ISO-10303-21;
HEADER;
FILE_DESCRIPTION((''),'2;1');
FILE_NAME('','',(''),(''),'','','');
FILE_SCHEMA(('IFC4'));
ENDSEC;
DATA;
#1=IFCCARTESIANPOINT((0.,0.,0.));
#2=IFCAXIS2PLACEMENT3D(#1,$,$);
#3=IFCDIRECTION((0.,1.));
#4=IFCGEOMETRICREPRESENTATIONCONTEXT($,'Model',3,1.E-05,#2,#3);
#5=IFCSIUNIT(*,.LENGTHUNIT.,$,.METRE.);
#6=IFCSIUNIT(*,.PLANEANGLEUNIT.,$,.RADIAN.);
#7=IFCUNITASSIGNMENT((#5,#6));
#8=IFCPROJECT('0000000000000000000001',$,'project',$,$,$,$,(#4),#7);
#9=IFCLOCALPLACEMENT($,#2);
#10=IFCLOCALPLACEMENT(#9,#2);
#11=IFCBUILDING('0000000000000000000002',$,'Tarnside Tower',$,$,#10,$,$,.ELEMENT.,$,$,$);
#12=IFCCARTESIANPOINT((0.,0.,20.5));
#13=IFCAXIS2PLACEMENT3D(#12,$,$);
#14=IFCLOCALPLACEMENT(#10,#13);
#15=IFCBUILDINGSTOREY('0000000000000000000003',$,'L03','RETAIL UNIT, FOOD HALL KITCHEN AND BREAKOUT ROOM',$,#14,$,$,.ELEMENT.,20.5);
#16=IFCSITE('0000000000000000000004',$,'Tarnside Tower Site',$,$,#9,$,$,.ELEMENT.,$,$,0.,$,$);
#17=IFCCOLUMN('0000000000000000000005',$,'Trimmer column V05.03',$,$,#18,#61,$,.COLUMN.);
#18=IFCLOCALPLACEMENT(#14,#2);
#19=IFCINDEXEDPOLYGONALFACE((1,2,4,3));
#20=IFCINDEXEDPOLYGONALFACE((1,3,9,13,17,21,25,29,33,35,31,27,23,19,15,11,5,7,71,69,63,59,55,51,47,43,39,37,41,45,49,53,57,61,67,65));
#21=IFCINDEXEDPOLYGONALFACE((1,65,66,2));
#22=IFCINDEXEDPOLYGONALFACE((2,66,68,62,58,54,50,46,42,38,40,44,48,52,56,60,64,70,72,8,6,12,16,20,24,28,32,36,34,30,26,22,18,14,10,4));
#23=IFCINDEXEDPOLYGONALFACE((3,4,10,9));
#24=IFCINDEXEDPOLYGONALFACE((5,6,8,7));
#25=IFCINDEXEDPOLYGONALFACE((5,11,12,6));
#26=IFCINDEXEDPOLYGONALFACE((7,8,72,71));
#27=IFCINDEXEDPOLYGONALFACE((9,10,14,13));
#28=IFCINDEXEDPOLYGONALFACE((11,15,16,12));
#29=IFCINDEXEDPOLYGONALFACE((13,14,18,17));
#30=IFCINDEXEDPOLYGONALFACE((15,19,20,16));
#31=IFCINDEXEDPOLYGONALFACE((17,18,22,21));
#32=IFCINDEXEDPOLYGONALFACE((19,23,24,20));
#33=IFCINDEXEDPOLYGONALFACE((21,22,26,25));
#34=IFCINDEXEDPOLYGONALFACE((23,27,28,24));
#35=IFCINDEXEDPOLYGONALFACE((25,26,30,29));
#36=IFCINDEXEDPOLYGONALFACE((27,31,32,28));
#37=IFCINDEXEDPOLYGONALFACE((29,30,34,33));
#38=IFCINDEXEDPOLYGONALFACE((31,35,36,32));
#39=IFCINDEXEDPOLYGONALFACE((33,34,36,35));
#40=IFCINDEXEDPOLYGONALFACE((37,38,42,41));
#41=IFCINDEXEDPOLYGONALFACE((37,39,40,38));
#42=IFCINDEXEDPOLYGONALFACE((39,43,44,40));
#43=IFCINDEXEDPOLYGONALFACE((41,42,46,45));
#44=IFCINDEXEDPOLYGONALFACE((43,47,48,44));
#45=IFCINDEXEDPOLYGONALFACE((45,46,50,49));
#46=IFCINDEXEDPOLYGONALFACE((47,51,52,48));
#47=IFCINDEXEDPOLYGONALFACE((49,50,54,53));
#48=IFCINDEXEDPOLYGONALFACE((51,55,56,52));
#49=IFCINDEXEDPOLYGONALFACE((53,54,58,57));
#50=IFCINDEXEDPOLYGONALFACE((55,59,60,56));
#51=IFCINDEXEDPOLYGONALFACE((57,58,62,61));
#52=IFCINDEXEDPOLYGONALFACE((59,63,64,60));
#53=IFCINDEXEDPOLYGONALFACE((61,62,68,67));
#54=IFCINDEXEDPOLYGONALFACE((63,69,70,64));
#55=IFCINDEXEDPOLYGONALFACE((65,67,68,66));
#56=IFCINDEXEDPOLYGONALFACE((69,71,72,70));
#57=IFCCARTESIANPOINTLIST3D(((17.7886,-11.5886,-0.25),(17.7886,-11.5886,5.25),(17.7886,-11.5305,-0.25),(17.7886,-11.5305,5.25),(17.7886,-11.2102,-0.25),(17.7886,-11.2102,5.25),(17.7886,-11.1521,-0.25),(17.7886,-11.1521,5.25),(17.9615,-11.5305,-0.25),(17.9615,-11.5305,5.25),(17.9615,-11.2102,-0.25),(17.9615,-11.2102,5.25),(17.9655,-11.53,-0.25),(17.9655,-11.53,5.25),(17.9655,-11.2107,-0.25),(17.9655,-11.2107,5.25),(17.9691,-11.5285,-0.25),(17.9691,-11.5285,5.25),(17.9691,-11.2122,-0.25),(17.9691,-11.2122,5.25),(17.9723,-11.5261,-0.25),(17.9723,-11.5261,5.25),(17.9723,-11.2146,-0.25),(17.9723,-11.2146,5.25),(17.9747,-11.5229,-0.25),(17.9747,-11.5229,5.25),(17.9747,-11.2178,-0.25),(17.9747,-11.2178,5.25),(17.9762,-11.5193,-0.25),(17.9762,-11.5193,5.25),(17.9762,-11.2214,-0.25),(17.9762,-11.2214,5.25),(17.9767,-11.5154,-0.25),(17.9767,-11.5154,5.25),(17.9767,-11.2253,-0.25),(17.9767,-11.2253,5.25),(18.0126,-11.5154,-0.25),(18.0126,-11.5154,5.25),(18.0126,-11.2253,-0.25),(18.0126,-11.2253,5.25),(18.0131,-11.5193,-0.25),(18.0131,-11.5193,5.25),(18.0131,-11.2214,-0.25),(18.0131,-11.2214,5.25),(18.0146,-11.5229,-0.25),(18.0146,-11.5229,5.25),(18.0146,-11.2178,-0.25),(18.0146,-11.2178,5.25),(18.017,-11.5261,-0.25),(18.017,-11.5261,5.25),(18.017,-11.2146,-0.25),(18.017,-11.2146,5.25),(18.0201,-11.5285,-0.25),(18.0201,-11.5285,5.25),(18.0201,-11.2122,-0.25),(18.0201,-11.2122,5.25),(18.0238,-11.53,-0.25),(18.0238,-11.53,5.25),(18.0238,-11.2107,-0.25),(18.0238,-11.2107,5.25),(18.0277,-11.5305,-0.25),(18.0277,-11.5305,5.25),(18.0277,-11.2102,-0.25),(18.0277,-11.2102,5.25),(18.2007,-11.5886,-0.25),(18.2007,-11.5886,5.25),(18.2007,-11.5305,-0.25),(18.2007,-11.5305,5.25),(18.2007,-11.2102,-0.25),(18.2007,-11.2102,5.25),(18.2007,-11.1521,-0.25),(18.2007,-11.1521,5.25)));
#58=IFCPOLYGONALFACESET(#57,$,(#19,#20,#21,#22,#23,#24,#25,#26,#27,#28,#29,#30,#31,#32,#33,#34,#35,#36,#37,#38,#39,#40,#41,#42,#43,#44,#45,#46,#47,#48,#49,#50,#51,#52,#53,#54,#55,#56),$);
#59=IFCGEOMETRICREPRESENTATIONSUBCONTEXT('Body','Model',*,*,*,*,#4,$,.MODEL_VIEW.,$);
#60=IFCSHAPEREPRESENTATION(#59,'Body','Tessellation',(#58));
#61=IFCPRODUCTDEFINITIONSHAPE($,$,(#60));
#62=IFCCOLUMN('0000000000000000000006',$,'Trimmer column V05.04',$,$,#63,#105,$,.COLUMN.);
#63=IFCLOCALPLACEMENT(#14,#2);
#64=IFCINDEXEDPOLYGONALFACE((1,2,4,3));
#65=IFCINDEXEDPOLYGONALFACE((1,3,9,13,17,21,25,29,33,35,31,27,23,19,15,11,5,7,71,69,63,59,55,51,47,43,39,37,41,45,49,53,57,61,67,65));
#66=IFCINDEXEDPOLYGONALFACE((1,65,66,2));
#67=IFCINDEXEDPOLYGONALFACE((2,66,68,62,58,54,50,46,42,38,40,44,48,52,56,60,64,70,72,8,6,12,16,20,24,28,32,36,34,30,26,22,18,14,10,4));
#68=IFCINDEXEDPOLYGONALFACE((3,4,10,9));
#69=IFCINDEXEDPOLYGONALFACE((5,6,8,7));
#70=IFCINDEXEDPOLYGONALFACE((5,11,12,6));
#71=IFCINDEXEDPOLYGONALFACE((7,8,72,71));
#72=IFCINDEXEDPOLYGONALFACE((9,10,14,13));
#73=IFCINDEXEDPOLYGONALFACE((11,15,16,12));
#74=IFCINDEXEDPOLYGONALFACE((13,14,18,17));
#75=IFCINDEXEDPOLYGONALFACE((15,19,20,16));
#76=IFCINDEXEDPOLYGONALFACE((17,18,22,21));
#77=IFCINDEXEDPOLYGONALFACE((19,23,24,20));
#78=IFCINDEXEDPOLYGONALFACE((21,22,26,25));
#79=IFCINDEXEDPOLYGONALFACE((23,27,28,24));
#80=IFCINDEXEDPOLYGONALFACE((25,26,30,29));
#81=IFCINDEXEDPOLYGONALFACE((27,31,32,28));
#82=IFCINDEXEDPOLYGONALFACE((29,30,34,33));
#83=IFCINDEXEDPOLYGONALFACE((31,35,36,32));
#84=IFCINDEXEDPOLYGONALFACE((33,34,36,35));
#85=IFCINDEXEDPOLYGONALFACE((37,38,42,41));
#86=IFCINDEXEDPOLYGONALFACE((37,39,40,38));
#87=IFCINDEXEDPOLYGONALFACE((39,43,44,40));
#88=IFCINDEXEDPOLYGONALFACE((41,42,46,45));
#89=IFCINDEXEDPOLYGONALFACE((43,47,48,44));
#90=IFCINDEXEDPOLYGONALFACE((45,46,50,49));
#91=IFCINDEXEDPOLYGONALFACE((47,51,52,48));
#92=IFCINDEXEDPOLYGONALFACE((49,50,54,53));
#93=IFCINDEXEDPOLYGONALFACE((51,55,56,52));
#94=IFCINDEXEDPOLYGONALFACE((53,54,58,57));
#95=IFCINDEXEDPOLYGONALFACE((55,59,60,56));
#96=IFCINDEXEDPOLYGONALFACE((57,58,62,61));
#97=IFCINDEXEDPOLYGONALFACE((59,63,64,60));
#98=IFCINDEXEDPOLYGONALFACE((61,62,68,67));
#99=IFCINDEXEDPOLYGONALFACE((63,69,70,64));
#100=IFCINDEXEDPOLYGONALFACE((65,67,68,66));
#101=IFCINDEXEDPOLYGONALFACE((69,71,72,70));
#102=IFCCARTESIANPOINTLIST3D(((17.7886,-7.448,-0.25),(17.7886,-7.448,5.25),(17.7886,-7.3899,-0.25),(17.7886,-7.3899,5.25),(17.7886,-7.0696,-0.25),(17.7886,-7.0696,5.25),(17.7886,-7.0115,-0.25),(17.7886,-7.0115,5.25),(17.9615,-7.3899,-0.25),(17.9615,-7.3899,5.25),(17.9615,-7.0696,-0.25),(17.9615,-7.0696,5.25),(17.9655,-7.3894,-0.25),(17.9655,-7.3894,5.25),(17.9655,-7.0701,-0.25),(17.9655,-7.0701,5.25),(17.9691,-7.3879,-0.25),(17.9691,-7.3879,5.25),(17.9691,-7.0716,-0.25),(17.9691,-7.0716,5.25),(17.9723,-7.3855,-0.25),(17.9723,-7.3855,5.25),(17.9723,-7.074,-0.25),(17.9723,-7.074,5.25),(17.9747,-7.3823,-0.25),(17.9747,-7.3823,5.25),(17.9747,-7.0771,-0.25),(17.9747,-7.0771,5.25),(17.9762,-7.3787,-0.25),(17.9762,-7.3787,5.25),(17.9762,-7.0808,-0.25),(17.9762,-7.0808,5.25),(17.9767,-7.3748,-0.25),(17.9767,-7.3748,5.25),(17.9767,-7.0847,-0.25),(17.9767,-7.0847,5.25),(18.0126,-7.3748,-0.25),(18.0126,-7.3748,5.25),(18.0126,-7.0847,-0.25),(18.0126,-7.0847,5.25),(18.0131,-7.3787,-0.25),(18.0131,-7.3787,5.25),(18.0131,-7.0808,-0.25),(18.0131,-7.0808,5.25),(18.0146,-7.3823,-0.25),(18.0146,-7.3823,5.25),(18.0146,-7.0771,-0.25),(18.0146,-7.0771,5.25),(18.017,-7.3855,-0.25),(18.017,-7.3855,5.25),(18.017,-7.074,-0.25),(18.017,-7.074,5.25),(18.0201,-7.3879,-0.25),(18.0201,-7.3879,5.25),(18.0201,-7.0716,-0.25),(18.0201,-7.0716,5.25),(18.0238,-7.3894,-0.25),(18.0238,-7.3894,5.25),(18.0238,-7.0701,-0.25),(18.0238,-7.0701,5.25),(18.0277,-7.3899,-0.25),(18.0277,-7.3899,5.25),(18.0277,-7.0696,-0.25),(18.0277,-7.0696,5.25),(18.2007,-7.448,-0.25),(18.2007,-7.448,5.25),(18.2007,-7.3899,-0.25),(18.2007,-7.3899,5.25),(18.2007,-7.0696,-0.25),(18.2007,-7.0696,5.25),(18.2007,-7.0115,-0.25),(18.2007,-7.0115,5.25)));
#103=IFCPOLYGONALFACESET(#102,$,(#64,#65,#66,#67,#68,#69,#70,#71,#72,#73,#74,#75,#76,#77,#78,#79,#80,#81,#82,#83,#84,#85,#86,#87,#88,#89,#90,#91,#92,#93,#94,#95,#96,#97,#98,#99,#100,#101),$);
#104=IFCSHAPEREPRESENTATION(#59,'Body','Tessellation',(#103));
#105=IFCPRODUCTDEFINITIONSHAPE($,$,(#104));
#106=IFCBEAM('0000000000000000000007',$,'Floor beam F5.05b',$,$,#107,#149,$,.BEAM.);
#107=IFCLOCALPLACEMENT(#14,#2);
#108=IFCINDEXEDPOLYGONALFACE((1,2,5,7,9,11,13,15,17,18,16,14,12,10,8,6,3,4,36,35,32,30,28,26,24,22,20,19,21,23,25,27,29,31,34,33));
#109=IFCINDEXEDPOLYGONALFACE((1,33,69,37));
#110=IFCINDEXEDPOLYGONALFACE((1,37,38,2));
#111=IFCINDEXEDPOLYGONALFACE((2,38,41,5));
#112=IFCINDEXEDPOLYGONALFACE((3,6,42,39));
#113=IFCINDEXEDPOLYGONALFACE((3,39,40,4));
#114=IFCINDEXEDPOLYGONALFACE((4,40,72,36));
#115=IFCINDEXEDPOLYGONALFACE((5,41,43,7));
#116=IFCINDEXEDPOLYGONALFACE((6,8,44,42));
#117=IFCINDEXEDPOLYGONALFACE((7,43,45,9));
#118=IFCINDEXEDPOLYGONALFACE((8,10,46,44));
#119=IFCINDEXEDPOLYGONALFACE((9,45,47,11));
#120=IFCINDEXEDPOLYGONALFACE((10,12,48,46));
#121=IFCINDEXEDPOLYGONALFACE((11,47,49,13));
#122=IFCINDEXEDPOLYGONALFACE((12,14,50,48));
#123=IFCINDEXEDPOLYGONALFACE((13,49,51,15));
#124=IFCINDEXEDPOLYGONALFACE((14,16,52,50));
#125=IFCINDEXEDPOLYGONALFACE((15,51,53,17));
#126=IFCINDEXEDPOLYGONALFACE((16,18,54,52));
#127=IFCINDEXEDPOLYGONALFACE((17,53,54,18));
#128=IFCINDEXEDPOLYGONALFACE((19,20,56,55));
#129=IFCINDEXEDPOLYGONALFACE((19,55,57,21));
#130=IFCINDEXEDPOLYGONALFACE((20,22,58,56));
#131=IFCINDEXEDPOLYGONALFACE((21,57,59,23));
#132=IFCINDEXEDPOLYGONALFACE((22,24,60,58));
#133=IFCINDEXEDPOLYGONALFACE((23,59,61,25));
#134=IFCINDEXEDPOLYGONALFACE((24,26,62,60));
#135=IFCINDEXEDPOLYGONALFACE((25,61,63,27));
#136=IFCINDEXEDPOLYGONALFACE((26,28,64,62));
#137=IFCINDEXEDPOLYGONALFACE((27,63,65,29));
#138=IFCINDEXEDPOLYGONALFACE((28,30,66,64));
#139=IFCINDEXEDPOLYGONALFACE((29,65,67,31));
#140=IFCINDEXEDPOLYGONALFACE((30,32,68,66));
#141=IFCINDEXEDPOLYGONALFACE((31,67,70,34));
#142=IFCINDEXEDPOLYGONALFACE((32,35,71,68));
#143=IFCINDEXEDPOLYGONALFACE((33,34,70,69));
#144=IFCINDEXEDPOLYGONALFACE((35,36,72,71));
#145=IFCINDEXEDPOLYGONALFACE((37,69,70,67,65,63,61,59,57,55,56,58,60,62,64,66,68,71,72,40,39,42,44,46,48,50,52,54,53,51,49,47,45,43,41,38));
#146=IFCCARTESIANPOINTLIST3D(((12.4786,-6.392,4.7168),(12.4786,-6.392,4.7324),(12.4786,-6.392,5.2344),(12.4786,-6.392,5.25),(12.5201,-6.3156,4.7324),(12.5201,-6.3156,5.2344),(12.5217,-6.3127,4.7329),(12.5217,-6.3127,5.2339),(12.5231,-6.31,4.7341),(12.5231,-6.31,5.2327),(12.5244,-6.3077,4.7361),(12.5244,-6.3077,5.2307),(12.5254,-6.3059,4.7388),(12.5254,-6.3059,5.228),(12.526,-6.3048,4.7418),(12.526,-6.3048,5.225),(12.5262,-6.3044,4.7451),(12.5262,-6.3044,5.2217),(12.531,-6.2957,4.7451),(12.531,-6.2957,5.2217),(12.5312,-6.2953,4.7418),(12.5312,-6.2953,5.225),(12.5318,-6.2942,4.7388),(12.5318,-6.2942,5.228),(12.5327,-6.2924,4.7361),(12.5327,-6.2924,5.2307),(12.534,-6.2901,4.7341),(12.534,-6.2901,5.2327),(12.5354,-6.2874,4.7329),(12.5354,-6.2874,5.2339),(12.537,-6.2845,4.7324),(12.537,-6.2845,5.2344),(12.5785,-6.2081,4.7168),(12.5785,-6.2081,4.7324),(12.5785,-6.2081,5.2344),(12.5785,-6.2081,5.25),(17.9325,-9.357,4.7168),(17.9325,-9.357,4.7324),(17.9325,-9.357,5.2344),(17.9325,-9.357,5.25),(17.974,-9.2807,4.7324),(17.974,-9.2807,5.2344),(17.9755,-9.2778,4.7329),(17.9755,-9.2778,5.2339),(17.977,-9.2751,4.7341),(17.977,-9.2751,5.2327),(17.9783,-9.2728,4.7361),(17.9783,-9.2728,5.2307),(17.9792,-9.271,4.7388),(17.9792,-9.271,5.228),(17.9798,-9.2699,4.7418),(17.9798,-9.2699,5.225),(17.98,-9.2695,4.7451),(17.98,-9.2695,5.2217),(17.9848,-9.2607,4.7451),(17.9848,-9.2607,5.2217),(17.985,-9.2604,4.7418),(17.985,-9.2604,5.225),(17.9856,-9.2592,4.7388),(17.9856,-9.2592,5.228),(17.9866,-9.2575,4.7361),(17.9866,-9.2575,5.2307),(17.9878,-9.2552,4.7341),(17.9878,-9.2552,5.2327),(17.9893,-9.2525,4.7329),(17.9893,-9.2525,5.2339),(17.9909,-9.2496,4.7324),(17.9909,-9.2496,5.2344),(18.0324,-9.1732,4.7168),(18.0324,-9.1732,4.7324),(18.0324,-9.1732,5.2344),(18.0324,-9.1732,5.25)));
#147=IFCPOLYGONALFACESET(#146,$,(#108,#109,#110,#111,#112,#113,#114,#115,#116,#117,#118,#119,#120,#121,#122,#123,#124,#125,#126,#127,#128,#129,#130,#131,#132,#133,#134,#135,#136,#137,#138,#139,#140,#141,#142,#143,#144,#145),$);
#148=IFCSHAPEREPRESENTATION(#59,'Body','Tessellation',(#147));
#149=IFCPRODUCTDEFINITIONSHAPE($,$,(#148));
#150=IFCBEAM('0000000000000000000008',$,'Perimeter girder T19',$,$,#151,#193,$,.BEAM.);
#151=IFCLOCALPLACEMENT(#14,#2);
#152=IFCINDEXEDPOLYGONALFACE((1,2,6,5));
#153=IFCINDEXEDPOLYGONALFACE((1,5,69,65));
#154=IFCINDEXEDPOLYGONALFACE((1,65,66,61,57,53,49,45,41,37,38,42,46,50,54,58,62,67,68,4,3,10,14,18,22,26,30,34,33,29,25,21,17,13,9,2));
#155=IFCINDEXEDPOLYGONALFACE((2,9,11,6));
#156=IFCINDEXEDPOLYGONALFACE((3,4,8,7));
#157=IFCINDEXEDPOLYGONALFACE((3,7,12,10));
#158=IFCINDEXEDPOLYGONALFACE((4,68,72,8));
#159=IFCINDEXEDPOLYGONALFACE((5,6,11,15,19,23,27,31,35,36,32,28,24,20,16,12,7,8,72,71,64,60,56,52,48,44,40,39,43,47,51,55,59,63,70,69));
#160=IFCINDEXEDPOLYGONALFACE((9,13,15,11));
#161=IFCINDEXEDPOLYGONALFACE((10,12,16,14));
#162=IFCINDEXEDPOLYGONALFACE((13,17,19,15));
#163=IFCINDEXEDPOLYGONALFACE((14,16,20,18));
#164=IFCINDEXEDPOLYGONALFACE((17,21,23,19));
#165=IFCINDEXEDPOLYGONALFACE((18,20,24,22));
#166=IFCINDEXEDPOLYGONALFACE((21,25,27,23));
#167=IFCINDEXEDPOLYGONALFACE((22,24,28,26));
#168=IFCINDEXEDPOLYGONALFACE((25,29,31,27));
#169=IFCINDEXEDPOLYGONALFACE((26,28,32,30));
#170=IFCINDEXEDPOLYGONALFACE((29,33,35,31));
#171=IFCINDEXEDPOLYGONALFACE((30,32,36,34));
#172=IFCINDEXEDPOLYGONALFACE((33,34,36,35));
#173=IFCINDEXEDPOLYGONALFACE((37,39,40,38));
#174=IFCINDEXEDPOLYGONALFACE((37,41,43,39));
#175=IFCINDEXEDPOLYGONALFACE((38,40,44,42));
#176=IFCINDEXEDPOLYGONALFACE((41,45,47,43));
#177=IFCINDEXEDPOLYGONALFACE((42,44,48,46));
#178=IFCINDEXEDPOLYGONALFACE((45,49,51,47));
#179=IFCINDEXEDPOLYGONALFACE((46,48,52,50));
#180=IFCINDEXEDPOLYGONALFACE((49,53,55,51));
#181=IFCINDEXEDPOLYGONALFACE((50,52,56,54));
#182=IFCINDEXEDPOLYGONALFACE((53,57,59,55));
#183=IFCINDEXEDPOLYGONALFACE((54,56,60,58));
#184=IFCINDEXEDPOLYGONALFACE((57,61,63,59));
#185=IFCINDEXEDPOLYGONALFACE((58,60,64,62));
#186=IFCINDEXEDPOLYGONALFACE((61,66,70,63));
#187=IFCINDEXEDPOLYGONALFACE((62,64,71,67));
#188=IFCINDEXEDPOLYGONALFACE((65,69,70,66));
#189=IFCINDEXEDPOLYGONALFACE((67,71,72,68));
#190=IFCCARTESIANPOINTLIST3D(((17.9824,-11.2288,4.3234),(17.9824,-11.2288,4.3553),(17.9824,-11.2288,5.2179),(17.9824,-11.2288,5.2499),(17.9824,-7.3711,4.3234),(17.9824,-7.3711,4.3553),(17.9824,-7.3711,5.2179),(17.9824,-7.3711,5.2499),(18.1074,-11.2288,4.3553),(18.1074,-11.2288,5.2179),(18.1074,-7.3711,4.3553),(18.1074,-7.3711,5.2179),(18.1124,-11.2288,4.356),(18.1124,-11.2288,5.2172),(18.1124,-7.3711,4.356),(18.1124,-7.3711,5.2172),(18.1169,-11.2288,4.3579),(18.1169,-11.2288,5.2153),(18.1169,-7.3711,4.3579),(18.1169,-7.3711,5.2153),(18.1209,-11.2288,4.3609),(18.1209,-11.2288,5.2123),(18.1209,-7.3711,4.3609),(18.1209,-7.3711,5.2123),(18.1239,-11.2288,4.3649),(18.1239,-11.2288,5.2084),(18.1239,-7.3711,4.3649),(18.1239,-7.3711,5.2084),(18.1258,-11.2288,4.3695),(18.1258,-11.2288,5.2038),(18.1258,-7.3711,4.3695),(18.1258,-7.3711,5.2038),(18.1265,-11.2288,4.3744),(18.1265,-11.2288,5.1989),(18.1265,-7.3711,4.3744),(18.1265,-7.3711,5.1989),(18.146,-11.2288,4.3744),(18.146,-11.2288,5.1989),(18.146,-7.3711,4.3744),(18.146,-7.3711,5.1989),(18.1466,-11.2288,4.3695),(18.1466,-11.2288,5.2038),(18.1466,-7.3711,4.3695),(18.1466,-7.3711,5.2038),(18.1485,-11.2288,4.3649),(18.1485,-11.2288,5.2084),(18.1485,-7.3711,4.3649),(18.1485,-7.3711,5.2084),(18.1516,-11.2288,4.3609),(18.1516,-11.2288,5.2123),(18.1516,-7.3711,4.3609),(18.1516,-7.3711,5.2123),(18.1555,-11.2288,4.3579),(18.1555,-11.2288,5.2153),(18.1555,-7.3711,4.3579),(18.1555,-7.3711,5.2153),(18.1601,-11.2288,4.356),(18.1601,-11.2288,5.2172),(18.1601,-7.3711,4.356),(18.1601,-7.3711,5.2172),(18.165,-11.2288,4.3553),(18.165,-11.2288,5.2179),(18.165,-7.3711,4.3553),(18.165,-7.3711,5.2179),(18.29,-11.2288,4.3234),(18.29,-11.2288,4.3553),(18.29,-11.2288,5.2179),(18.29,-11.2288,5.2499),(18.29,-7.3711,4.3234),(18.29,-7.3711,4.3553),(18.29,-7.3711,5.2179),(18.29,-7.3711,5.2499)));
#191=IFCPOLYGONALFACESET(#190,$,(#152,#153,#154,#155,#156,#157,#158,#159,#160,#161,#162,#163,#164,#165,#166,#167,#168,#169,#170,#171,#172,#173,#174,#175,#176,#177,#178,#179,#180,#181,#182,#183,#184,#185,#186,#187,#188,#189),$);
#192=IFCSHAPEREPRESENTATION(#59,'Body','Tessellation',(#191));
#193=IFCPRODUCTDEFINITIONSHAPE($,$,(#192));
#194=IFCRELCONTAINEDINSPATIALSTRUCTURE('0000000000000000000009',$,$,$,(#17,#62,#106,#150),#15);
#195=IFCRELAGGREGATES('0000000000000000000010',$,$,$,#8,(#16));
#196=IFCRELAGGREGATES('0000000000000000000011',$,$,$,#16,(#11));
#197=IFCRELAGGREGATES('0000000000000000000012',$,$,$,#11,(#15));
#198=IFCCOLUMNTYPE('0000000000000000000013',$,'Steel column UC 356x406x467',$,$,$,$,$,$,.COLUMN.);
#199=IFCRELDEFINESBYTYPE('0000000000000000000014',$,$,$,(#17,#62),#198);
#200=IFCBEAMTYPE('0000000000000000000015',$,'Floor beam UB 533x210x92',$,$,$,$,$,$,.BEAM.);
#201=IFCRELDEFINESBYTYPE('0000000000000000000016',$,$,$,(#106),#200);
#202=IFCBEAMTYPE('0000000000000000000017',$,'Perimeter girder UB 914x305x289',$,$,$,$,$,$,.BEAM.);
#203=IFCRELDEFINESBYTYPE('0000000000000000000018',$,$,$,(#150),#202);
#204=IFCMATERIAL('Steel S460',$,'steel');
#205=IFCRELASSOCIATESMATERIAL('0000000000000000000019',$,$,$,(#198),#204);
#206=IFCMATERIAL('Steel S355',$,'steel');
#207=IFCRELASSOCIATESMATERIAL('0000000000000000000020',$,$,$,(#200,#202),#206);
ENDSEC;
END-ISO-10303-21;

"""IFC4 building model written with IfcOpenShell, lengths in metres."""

from ifc_helpers import new_model, si_unit, direction, frame, origin, origin_2d, place, context, subcontext, project, spatial, i_section, extrude, material, material_profile, profile_set, type_object, element, save


model = new_model("IFC4")

# Units and contexts
model_context = context("Model", 3, precision=1e-05, world=origin(), true_north=direction((0.0, 1.0)))
body_context = subcontext(model_context, "Body", "Model", "MODEL_VIEW")
ifc_project = project(units=[si_unit("LENGTHUNIT", "METRE"), si_unit("PLANEANGLEUNIT", "RADIAN")], contexts=[model_context])

# Site, building, storey
site_placement = place(None, origin())
site = spatial("IfcSite", under=ifc_project, at=site_placement, Name="Tarnside Tower Site", CompositionType="ELEMENT", RefElevation=0.0)
building_placement = place(site_placement, origin())
building = spatial("IfcBuilding", under=site, at=building_placement, Name="Tarnside Tower", CompositionType="ELEMENT")
storey_placement = place(building_placement, frame((0.0, 0.0, 20.5)))
storey = spatial("IfcBuildingStorey", under=building, at=storey_placement, Name="L03", Description="RETAIL UNIT, FOOD HALL KITCHEN AND BREAKOUT ROOM", CompositionType="ELEMENT", Elevation=20.5)

# Columns
ifc_material_1 = material(Name="Steel S460", Category="steel")
ifc_material_profile_1 = material_profile(ifc_material_1, i_section(OverallWidth=0.4121, OverallDepth=0.4365, WebThickness=0.0359, FlangeThickness=0.0581, FilletRadius=0.0151, at=origin_2d()), Name="UC 356x406x467")
ifc_profile_set_1 = profile_set([ifc_material_profile_1], Name="Steel S460")
column_type = type_object("IfcColumnType", Name="Steel column UC 356x406x467", PredefinedType="COLUMN", material=ifc_profile_set_1)
for number, where, z_axis, x_axis, name in (
    (1, (17.9946, -11.3704, -0.25), (0.0, 0.0, 1.0), (1.0, 0.0, 0.0), "Trimmer column V05.03"),
    (2, (17.9946, -7.2297, -0.25), (0.0, 0.0, 1.0), (1.0, 0.0, 0.0), "Trimmer column V05.04"),
):
    element("IfcColumn", number, at=place(storey_placement, frame(where, z_axis=z_axis, x_axis=x_axis)), inside=storey, type_object=column_type, Name=name, PredefinedType="COLUMN", context=body_context, shape_type="SweptSolid", body=[
        extrude(i_section(OverallWidth=0.4121, OverallDepth=0.4365, WebThickness=0.0359, FlangeThickness=0.0581, FilletRadius=0.0151, at=origin_2d()), origin(), (0.0, 0.0, 1.0), 5.5),
    ])

# Beams
ifc_material_2 = material(Name="Steel S355", Category="steel")
ifc_material_profile_2 = material_profile(ifc_material_2, i_section(OverallWidth=0.2092, OverallDepth=0.5332, WebThickness=0.01, FlangeThickness=0.0156, FilletRadius=0.0127, at=origin_2d()), Name="UB 533x210x92")
ifc_profile_set_2 = profile_set([ifc_material_profile_2], Name="Steel S355")
beam_type_1 = type_object("IfcBeamType", Name="Floor beam UB 533x210x92", PredefinedType="BEAM", material=ifc_profile_set_2)
beam_1_placement = place(storey_placement, frame((17.9824, -9.2651, 4.9834), z_axis=(-0.878555, 0.477642, 0.0), x_axis=(-0.477642, -0.878555, 0.0)))
element("IfcBeam", 3, at=beam_1_placement, inside=storey, type_object=beam_type_1, Name="Floor beam F5.05b", PredefinedType="BEAM", context=body_context, shape_type="SweptSolid", body=[
    extrude(i_section(OverallWidth=0.2092, OverallDepth=0.5332, WebThickness=0.01, FlangeThickness=0.0156, FilletRadius=0.0127, at=origin_2d()), origin(), (0.0, 0.0, 1.0), 6.2078),
])
ifc_material_profile_3 = material_profile(ifc_material_2, i_section(OverallWidth=0.3076, OverallDepth=0.9265, WebThickness=0.0195, FlangeThickness=0.032, FilletRadius=0.019, at=origin_2d()), Name="UB 914x305x289")
ifc_profile_set_3 = profile_set([ifc_material_profile_3], Name="Steel S355")
beam_type_2 = type_object("IfcBeamType", Name="Perimeter girder UB 914x305x289", PredefinedType="BEAM", material=ifc_profile_set_3)
beam_2_placement = place(storey_placement, frame((18.1362, -11.2288, 4.7866), z_axis=(0.0, 1.0, 0.0), x_axis=(-1.0, 0.0, 0.0)))
element("IfcBeam", 4, at=beam_2_placement, inside=storey, type_object=beam_type_2, Name="Perimeter girder T19", PredefinedType="BEAM", context=body_context, shape_type="SweptSolid", body=[
    extrude(i_section(OverallWidth=0.3076, OverallDepth=0.9265, WebThickness=0.0195, FlangeThickness=0.032, FilletRadius=0.019, at=origin_2d()), origin(), (0.0, 0.0, 1.0), 3.8577),
])

save(model, "model.ifc")
